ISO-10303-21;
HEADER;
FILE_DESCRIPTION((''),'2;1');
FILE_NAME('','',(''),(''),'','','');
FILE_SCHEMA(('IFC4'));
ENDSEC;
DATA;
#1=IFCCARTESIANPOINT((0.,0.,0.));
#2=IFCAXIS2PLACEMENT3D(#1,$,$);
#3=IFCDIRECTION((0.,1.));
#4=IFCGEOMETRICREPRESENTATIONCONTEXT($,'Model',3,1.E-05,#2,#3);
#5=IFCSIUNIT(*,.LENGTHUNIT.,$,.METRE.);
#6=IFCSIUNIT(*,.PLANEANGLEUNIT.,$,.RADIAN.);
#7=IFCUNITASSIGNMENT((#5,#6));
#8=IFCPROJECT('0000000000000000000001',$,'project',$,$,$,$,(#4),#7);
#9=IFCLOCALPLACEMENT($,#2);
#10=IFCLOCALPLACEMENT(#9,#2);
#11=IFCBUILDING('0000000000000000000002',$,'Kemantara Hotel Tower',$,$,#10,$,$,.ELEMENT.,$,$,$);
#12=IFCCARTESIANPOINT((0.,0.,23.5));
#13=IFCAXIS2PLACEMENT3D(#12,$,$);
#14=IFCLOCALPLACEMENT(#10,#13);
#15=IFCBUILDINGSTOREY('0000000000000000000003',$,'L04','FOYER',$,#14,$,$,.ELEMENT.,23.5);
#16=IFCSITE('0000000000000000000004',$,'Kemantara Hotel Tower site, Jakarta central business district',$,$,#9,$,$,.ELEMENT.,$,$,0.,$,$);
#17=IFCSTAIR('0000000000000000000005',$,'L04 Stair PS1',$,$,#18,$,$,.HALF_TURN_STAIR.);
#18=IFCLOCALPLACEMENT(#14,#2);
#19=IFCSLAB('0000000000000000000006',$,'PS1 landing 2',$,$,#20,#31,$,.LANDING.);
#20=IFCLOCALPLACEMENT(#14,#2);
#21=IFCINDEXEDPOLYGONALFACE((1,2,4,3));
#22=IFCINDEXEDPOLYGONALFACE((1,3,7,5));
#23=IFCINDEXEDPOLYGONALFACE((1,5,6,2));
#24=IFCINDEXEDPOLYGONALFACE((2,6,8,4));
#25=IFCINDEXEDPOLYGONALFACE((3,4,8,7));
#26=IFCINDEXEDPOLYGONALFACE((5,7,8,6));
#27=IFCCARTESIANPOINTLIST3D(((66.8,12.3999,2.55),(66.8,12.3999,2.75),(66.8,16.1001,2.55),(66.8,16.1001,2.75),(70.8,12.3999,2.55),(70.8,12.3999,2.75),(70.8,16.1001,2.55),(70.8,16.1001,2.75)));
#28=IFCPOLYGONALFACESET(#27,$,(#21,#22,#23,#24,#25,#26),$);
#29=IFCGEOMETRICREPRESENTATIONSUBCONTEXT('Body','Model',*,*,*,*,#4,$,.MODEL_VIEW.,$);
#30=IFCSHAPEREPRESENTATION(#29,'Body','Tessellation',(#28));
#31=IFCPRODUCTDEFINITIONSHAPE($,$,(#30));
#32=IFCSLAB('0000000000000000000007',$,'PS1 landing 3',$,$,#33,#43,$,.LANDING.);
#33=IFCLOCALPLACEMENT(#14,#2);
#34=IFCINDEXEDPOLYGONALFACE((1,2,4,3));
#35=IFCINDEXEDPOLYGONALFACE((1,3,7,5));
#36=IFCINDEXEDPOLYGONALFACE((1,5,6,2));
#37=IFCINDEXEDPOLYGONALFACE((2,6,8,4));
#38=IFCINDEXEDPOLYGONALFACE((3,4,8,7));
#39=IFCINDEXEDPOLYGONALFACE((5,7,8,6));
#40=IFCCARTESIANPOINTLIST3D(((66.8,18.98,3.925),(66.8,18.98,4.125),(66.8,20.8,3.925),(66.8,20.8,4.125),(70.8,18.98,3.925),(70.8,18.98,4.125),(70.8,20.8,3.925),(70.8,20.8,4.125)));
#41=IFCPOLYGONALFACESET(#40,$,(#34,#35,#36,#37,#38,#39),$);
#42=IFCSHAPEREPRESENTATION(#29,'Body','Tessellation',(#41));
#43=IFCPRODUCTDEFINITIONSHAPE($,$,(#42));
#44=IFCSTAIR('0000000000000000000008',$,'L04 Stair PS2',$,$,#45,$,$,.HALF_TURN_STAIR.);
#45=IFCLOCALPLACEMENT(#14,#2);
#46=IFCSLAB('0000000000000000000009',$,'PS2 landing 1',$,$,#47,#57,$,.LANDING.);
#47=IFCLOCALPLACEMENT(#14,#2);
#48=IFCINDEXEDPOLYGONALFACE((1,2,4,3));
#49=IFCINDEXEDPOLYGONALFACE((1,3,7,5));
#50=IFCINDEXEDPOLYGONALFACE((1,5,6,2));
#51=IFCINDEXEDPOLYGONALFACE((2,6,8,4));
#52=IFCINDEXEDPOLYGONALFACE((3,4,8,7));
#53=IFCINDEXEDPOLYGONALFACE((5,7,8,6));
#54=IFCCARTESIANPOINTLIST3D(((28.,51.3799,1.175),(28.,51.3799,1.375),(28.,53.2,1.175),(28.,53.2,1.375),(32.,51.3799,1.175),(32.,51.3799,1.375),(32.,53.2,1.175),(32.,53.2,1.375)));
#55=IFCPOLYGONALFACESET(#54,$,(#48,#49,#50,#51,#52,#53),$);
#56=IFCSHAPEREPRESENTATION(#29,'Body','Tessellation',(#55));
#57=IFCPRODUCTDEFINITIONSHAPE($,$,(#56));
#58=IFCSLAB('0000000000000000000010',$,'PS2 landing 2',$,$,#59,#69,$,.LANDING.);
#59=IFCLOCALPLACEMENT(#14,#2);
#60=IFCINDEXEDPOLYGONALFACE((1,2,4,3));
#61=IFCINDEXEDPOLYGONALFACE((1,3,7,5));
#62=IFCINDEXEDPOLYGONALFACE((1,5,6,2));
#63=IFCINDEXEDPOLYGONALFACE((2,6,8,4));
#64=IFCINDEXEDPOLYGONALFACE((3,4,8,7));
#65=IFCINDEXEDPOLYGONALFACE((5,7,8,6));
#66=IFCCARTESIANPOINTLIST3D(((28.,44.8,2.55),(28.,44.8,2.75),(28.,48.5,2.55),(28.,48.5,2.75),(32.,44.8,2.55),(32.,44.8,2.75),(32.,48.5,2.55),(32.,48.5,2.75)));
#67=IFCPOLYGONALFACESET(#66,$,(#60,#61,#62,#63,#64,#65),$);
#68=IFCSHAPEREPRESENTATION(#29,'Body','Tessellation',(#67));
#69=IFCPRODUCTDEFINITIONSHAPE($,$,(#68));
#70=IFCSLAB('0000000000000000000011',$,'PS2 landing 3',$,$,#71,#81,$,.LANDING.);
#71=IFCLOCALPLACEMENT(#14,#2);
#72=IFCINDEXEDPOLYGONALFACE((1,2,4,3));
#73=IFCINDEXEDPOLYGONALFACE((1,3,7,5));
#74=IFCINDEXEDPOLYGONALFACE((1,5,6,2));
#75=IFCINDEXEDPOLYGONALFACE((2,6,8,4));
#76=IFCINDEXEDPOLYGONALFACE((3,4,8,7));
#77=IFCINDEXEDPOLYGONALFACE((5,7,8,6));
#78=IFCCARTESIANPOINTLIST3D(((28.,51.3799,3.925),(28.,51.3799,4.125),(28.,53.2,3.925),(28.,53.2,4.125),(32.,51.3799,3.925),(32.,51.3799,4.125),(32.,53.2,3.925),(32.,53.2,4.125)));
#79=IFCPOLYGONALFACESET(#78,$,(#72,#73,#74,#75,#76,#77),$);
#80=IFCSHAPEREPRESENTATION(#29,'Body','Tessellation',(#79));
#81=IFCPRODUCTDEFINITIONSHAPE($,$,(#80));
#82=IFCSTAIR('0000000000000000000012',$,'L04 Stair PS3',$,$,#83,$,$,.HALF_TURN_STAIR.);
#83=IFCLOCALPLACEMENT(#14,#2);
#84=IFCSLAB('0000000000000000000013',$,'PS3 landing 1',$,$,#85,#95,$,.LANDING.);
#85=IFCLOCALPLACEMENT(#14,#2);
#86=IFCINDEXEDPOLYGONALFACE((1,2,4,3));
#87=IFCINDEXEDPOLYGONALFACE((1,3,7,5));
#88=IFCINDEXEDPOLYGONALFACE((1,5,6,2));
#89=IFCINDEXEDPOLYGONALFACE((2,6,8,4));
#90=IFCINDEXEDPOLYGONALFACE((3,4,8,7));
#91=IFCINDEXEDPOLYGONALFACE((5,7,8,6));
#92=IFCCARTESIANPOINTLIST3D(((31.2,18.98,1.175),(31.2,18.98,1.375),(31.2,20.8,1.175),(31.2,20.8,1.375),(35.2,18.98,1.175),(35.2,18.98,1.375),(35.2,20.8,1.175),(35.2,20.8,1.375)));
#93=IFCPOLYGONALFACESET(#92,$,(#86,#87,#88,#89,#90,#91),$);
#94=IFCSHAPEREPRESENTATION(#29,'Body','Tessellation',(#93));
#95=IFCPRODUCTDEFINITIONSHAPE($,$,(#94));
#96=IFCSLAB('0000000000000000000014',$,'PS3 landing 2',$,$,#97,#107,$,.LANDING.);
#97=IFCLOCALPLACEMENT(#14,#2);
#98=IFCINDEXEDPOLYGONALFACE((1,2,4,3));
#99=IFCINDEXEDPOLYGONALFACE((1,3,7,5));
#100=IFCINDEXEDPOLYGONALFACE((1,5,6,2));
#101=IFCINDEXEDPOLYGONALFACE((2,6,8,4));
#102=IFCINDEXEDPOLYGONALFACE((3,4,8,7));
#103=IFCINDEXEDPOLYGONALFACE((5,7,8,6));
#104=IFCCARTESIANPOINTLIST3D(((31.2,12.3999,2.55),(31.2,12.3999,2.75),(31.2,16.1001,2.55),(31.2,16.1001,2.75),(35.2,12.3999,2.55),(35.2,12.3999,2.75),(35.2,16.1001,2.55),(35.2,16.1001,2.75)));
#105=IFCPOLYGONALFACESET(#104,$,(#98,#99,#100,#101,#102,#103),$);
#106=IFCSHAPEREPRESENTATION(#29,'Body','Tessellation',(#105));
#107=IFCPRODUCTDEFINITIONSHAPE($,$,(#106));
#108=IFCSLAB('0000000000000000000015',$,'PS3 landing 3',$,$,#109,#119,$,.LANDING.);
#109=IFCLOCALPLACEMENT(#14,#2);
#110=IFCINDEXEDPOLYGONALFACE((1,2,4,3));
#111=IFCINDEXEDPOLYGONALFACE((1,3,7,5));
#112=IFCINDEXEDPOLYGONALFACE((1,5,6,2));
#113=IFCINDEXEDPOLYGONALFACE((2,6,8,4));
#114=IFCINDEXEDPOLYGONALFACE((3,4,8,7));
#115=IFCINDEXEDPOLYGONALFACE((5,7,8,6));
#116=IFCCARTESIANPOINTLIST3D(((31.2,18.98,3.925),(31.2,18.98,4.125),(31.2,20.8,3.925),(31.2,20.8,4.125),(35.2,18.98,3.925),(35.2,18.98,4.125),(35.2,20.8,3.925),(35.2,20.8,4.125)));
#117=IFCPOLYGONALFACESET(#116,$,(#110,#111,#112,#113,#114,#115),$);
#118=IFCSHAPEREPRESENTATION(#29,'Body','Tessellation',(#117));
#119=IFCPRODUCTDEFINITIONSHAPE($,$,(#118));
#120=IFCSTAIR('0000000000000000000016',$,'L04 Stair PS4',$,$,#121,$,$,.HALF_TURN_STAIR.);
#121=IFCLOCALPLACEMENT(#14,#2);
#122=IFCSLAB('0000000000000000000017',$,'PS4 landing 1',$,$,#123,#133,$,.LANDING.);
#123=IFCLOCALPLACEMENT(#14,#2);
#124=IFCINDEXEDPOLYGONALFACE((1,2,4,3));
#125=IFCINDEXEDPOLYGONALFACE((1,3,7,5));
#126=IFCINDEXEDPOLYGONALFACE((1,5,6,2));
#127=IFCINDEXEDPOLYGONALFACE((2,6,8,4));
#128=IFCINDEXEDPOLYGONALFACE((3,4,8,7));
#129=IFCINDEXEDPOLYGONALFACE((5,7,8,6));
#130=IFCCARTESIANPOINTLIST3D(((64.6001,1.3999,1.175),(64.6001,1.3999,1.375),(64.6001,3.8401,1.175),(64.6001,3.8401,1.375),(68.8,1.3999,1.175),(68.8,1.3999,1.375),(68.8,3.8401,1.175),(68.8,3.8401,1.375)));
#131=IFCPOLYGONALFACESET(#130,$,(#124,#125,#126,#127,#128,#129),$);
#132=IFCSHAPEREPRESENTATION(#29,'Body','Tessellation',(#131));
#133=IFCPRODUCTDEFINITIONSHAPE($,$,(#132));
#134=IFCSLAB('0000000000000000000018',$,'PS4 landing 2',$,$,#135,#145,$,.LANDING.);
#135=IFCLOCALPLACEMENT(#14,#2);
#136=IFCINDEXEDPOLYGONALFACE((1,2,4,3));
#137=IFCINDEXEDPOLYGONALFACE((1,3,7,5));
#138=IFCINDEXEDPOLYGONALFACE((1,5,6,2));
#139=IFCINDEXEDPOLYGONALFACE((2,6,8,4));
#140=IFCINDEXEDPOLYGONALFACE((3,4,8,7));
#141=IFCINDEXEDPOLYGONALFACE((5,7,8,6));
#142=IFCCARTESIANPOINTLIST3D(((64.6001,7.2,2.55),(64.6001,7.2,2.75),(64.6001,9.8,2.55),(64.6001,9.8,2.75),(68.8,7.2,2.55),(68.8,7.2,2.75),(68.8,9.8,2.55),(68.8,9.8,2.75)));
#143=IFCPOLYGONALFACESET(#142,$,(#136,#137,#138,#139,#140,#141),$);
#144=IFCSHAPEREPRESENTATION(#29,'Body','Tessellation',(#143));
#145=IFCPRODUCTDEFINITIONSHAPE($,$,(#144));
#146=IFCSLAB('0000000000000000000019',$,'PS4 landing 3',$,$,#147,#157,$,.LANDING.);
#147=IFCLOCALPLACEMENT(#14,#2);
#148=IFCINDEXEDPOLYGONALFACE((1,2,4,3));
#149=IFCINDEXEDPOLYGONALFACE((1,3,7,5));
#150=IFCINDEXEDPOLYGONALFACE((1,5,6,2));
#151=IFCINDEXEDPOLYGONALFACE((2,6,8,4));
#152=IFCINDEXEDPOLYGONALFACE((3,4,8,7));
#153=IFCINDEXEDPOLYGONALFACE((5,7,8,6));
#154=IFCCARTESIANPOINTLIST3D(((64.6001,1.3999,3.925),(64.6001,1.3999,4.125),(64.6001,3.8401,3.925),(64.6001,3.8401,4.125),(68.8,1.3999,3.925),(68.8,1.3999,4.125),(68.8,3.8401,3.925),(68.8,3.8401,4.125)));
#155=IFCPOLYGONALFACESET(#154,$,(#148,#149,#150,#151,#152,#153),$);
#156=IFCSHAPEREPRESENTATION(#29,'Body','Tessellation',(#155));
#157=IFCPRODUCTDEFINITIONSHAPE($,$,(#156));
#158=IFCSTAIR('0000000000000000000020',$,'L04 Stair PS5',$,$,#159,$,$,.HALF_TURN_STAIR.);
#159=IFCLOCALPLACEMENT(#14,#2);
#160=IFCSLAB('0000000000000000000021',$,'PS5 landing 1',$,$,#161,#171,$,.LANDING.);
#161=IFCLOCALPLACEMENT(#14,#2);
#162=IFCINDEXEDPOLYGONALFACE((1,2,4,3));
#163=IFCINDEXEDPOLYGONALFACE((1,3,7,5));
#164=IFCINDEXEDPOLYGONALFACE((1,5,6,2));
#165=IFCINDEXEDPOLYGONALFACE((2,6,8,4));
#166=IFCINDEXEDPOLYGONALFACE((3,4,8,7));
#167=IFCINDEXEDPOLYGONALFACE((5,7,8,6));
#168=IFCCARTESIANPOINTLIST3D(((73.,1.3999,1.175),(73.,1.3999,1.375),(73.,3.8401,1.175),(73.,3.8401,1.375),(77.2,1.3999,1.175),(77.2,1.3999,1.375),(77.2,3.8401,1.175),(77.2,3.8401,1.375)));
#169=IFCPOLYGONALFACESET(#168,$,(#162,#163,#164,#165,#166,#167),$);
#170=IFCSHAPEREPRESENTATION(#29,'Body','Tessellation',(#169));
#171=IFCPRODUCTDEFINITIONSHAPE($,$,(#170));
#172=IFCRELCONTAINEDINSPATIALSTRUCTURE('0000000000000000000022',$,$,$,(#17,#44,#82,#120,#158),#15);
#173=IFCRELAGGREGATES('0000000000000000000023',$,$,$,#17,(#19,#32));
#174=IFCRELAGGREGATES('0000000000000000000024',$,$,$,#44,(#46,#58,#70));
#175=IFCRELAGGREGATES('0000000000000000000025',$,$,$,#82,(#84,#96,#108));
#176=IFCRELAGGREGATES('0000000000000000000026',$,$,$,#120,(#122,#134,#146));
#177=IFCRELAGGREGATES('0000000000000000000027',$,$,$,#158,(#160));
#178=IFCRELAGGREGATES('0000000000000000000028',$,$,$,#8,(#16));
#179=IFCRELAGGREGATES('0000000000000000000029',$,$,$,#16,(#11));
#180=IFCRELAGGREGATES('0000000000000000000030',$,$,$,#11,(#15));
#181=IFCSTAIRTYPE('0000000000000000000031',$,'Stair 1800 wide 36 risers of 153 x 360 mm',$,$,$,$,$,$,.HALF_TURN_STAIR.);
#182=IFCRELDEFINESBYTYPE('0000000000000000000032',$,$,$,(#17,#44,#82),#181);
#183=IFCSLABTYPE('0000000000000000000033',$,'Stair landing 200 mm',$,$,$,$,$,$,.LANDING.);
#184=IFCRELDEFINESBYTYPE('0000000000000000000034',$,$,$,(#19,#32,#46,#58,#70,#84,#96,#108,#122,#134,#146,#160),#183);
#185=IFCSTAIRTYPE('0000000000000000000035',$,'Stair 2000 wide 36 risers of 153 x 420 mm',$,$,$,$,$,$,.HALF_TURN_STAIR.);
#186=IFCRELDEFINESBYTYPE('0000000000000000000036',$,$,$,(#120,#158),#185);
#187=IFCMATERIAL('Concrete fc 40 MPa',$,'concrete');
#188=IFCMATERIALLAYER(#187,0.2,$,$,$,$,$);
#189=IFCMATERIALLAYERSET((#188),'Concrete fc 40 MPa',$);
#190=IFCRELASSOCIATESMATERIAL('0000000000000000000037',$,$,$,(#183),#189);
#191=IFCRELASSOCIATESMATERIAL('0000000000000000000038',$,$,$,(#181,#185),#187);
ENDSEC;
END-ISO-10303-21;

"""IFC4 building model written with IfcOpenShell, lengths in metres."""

from ifc_helpers import new_model, si_unit, direction, frame, origin, place, context, subcontext, project, spatial, polyline, outline, extrude, material, layer, layer_set, type_object, element, aggregate, save


model = new_model("IFC4")

# Units and contexts
model_context = context("Model", 3, precision=1e-05, world=origin(), true_north=direction((0.0, 1.0)))
body_context = subcontext(model_context, "Body", "Model", "MODEL_VIEW")
ifc_project = project(units=[si_unit("LENGTHUNIT", "METRE"), si_unit("PLANEANGLEUNIT", "RADIAN")], contexts=[model_context])

# Site, building, storey
site_placement = place(None, origin())
site = spatial("IfcSite", under=ifc_project, at=site_placement, Name="Kemantara Hotel Tower site, Jakarta central business district", CompositionType="ELEMENT", RefElevation=0.0)
building_placement = place(site_placement, origin())
building = spatial("IfcBuilding", under=site, at=building_placement, Name="Kemantara Hotel Tower", CompositionType="ELEMENT")
storey_placement = place(building_placement, frame((0.0, 0.0, 23.5)))
storey = spatial("IfcBuildingStorey", under=building, at=storey_placement, Name="L04", Description="FOYER", CompositionType="ELEMENT", Elevation=23.5)

# Shared definitions
ifc_material = material(Name="Concrete fc 40 MPa", Category="concrete")

# Stairs, slabs
ifc_layer_1 = layer(ifc_material, 0.2)
ifc_layer_set_1 = layer_set([ifc_layer_1], Name="Concrete fc 40 MPa")
slab_type_1 = type_object("IfcSlabType", Name="Stair landing 200 mm", PredefinedType="LANDING", material=ifc_layer_set_1)
stair_type_1 = type_object("IfcStairType", Name="Stair 1800 wide 36 risers of 153 x 360 mm", PredefinedType="HALF_TURN_STAIR", material=ifc_material)
stair_1_placement = place(storey_placement, origin())
stair_1 = element("IfcStair", 1, at=stair_1_placement, inside=storey, type_object=stair_type_1, Name="L04 Stair PS1", PredefinedType="HALF_TURN_STAIR")
slab_1_placement = place(storey_placement, frame((0.0, 0.0, 2.55)))
slab_1 = element("IfcSlab", 2, at=slab_1_placement, type_object=slab_type_1, Name="PS1 landing 2", PredefinedType="LANDING", context=body_context, shape_type="SweptSolid", body=[
    extrude(outline(polyline([(70.8, 12.3999), (70.8, 16.1001), (66.8, 16.1001), (66.8, 12.3999), (70.8, 12.3999)])), origin(), (0.0, 0.0, 1.0), 0.2),
])
slab_2_placement = place(storey_placement, frame((0.0, 0.0, 3.925)))
slab_2 = element("IfcSlab", 3, at=slab_2_placement, type_object=slab_type_1, Name="PS1 landing 3", PredefinedType="LANDING", context=body_context, shape_type="SweptSolid", body=[
    extrude(outline(polyline([(70.8, 18.98), (70.8, 20.8), (66.8, 20.8), (66.8, 18.98), (70.8, 18.98)])), origin(), (0.0, 0.0, 1.0), 0.2),
])
aggregate(stair_1, [slab_1, slab_2])
stair_2_placement = place(storey_placement, origin())
stair_2 = element("IfcStair", 4, at=stair_2_placement, inside=storey, type_object=stair_type_1, Name="L04 Stair PS2", PredefinedType="HALF_TURN_STAIR")
slab_3_placement = place(storey_placement, frame((0.0, 0.0, 1.175)))
slab_3 = element("IfcSlab", 5, at=slab_3_placement, type_object=slab_type_1, Name="PS2 landing 1", PredefinedType="LANDING", context=body_context, shape_type="SweptSolid", body=[
    extrude(outline(polyline([(32.0, 51.3799), (32.0, 53.2), (28.0, 53.2), (28.0, 51.3799), (32.0, 51.3799)])), origin(), (0.0, 0.0, 1.0), 0.2),
])
slab_4_placement = place(storey_placement, frame((0.0, 0.0, 2.55)))
slab_4 = element("IfcSlab", 6, at=slab_4_placement, type_object=slab_type_1, Name="PS2 landing 2", PredefinedType="LANDING", context=body_context, shape_type="SweptSolid", body=[
    extrude(outline(polyline([(32.0, 44.8), (32.0, 48.5), (28.0, 48.5), (28.0, 44.8), (32.0, 44.8)])), origin(), (0.0, 0.0, 1.0), 0.2),
])
slab_5_placement = place(storey_placement, frame((0.0, 0.0, 3.925)))
slab_5 = element("IfcSlab", 7, at=slab_5_placement, type_object=slab_type_1, Name="PS2 landing 3", PredefinedType="LANDING", context=body_context, shape_type="SweptSolid", body=[
    extrude(outline(polyline([(32.0, 51.3799), (32.0, 53.2), (28.0, 53.2), (28.0, 51.3799), (32.0, 51.3799)])), origin(), (0.0, 0.0, 1.0), 0.2),
])
aggregate(stair_2, [slab_3, slab_4, slab_5])
stair_3_placement = place(storey_placement, origin())
stair_3 = element("IfcStair", 8, at=stair_3_placement, inside=storey, type_object=stair_type_1, Name="L04 Stair PS3", PredefinedType="HALF_TURN_STAIR")
slab_6_placement = place(storey_placement, frame((0.0, 0.0, 1.175)))
slab_6 = element("IfcSlab", 9, at=slab_6_placement, type_object=slab_type_1, Name="PS3 landing 1", PredefinedType="LANDING", context=body_context, shape_type="SweptSolid", body=[
    extrude(outline(polyline([(35.2, 18.98), (35.2, 20.8), (31.2, 20.8), (31.2, 18.98), (35.2, 18.98)])), origin(), (0.0, 0.0, 1.0), 0.2),
])
slab_7_placement = place(storey_placement, frame((0.0, 0.0, 2.55)))
slab_7 = element("IfcSlab", 10, at=slab_7_placement, type_object=slab_type_1, Name="PS3 landing 2", PredefinedType="LANDING", context=body_context, shape_type="SweptSolid", body=[
    extrude(outline(polyline([(35.2, 12.3999), (35.2, 16.1001), (31.2, 16.1001), (31.2, 12.3999), (35.2, 12.3999)])), origin(), (0.0, 0.0, 1.0), 0.2),
])
slab_8_placement = place(storey_placement, frame((0.0, 0.0, 3.925)))
slab_8 = element("IfcSlab", 11, at=slab_8_placement, type_object=slab_type_1, Name="PS3 landing 3", PredefinedType="LANDING", context=body_context, shape_type="SweptSolid", body=[
    extrude(outline(polyline([(35.2, 18.98), (35.2, 20.8), (31.2, 20.8), (31.2, 18.98), (35.2, 18.98)])), origin(), (0.0, 0.0, 1.0), 0.2),
])
aggregate(stair_3, [slab_6, slab_7, slab_8])
stair_type_2 = type_object("IfcStairType", Name="Stair 2000 wide 36 risers of 153 x 420 mm", PredefinedType="HALF_TURN_STAIR", material=ifc_material)
stair_4_placement = place(storey_placement, origin())
stair_4 = element("IfcStair", 12, at=stair_4_placement, inside=storey, type_object=stair_type_2, Name="L04 Stair PS4", PredefinedType="HALF_TURN_STAIR")
slab_9_placement = place(storey_placement, frame((0.0, 0.0, 1.175)))
slab_9 = element("IfcSlab", 13, at=slab_9_placement, type_object=slab_type_1, Name="PS4 landing 1", PredefinedType="LANDING", context=body_context, shape_type="SweptSolid", body=[
    extrude(outline(polyline([(64.6001, 3.8401), (64.6001, 1.3999), (68.8, 1.3999), (68.8, 3.8401), (64.6001, 3.8401)])), origin(), (0.0, 0.0, 1.0), 0.2),
])
slab_10_placement = place(storey_placement, frame((0.0, 0.0, 2.55)))
slab_10 = element("IfcSlab", 14, at=slab_10_placement, type_object=slab_type_1, Name="PS4 landing 2", PredefinedType="LANDING", context=body_context, shape_type="SweptSolid", body=[
    extrude(outline(polyline([(64.6001, 9.8), (64.6001, 7.2), (68.8, 7.2), (68.8, 9.8), (64.6001, 9.8)])), origin(), (0.0, 0.0, 1.0), 0.2),
])
slab_11_placement = place(storey_placement, frame((0.0, 0.0, 3.925)))
slab_11 = element("IfcSlab", 15, at=slab_11_placement, type_object=slab_type_1, Name="PS4 landing 3", PredefinedType="LANDING", context=body_context, shape_type="SweptSolid", body=[
    extrude(outline(polyline([(64.6001, 3.8401), (64.6001, 1.3999), (68.8, 1.3999), (68.8, 3.8401), (64.6001, 3.8401)])), origin(), (0.0, 0.0, 1.0), 0.2),
])
aggregate(stair_4, [slab_9, slab_10, slab_11])

# Stair, slab
stair_5_placement = place(storey_placement, origin())
stair_5 = element("IfcStair", 16, at=stair_5_placement, inside=storey, type_object=stair_type_2, Name="L04 Stair PS5", PredefinedType="HALF_TURN_STAIR")
slab_12_placement = place(storey_placement, frame((0.0, 0.0, 1.175)))
slab_12 = element("IfcSlab", 17, at=slab_12_placement, type_object=slab_type_1, Name="PS5 landing 1", PredefinedType="LANDING", context=body_context, shape_type="SweptSolid", body=[
    extrude(outline(polyline([(73.0, 3.8401), (73.0, 1.3999), (77.2, 1.3999), (77.2, 3.8401), (73.0, 3.8401)])), origin(), (0.0, 0.0, 1.0), 0.2),
])
aggregate(stair_5, [slab_12])

save(model, "model.ifc")
